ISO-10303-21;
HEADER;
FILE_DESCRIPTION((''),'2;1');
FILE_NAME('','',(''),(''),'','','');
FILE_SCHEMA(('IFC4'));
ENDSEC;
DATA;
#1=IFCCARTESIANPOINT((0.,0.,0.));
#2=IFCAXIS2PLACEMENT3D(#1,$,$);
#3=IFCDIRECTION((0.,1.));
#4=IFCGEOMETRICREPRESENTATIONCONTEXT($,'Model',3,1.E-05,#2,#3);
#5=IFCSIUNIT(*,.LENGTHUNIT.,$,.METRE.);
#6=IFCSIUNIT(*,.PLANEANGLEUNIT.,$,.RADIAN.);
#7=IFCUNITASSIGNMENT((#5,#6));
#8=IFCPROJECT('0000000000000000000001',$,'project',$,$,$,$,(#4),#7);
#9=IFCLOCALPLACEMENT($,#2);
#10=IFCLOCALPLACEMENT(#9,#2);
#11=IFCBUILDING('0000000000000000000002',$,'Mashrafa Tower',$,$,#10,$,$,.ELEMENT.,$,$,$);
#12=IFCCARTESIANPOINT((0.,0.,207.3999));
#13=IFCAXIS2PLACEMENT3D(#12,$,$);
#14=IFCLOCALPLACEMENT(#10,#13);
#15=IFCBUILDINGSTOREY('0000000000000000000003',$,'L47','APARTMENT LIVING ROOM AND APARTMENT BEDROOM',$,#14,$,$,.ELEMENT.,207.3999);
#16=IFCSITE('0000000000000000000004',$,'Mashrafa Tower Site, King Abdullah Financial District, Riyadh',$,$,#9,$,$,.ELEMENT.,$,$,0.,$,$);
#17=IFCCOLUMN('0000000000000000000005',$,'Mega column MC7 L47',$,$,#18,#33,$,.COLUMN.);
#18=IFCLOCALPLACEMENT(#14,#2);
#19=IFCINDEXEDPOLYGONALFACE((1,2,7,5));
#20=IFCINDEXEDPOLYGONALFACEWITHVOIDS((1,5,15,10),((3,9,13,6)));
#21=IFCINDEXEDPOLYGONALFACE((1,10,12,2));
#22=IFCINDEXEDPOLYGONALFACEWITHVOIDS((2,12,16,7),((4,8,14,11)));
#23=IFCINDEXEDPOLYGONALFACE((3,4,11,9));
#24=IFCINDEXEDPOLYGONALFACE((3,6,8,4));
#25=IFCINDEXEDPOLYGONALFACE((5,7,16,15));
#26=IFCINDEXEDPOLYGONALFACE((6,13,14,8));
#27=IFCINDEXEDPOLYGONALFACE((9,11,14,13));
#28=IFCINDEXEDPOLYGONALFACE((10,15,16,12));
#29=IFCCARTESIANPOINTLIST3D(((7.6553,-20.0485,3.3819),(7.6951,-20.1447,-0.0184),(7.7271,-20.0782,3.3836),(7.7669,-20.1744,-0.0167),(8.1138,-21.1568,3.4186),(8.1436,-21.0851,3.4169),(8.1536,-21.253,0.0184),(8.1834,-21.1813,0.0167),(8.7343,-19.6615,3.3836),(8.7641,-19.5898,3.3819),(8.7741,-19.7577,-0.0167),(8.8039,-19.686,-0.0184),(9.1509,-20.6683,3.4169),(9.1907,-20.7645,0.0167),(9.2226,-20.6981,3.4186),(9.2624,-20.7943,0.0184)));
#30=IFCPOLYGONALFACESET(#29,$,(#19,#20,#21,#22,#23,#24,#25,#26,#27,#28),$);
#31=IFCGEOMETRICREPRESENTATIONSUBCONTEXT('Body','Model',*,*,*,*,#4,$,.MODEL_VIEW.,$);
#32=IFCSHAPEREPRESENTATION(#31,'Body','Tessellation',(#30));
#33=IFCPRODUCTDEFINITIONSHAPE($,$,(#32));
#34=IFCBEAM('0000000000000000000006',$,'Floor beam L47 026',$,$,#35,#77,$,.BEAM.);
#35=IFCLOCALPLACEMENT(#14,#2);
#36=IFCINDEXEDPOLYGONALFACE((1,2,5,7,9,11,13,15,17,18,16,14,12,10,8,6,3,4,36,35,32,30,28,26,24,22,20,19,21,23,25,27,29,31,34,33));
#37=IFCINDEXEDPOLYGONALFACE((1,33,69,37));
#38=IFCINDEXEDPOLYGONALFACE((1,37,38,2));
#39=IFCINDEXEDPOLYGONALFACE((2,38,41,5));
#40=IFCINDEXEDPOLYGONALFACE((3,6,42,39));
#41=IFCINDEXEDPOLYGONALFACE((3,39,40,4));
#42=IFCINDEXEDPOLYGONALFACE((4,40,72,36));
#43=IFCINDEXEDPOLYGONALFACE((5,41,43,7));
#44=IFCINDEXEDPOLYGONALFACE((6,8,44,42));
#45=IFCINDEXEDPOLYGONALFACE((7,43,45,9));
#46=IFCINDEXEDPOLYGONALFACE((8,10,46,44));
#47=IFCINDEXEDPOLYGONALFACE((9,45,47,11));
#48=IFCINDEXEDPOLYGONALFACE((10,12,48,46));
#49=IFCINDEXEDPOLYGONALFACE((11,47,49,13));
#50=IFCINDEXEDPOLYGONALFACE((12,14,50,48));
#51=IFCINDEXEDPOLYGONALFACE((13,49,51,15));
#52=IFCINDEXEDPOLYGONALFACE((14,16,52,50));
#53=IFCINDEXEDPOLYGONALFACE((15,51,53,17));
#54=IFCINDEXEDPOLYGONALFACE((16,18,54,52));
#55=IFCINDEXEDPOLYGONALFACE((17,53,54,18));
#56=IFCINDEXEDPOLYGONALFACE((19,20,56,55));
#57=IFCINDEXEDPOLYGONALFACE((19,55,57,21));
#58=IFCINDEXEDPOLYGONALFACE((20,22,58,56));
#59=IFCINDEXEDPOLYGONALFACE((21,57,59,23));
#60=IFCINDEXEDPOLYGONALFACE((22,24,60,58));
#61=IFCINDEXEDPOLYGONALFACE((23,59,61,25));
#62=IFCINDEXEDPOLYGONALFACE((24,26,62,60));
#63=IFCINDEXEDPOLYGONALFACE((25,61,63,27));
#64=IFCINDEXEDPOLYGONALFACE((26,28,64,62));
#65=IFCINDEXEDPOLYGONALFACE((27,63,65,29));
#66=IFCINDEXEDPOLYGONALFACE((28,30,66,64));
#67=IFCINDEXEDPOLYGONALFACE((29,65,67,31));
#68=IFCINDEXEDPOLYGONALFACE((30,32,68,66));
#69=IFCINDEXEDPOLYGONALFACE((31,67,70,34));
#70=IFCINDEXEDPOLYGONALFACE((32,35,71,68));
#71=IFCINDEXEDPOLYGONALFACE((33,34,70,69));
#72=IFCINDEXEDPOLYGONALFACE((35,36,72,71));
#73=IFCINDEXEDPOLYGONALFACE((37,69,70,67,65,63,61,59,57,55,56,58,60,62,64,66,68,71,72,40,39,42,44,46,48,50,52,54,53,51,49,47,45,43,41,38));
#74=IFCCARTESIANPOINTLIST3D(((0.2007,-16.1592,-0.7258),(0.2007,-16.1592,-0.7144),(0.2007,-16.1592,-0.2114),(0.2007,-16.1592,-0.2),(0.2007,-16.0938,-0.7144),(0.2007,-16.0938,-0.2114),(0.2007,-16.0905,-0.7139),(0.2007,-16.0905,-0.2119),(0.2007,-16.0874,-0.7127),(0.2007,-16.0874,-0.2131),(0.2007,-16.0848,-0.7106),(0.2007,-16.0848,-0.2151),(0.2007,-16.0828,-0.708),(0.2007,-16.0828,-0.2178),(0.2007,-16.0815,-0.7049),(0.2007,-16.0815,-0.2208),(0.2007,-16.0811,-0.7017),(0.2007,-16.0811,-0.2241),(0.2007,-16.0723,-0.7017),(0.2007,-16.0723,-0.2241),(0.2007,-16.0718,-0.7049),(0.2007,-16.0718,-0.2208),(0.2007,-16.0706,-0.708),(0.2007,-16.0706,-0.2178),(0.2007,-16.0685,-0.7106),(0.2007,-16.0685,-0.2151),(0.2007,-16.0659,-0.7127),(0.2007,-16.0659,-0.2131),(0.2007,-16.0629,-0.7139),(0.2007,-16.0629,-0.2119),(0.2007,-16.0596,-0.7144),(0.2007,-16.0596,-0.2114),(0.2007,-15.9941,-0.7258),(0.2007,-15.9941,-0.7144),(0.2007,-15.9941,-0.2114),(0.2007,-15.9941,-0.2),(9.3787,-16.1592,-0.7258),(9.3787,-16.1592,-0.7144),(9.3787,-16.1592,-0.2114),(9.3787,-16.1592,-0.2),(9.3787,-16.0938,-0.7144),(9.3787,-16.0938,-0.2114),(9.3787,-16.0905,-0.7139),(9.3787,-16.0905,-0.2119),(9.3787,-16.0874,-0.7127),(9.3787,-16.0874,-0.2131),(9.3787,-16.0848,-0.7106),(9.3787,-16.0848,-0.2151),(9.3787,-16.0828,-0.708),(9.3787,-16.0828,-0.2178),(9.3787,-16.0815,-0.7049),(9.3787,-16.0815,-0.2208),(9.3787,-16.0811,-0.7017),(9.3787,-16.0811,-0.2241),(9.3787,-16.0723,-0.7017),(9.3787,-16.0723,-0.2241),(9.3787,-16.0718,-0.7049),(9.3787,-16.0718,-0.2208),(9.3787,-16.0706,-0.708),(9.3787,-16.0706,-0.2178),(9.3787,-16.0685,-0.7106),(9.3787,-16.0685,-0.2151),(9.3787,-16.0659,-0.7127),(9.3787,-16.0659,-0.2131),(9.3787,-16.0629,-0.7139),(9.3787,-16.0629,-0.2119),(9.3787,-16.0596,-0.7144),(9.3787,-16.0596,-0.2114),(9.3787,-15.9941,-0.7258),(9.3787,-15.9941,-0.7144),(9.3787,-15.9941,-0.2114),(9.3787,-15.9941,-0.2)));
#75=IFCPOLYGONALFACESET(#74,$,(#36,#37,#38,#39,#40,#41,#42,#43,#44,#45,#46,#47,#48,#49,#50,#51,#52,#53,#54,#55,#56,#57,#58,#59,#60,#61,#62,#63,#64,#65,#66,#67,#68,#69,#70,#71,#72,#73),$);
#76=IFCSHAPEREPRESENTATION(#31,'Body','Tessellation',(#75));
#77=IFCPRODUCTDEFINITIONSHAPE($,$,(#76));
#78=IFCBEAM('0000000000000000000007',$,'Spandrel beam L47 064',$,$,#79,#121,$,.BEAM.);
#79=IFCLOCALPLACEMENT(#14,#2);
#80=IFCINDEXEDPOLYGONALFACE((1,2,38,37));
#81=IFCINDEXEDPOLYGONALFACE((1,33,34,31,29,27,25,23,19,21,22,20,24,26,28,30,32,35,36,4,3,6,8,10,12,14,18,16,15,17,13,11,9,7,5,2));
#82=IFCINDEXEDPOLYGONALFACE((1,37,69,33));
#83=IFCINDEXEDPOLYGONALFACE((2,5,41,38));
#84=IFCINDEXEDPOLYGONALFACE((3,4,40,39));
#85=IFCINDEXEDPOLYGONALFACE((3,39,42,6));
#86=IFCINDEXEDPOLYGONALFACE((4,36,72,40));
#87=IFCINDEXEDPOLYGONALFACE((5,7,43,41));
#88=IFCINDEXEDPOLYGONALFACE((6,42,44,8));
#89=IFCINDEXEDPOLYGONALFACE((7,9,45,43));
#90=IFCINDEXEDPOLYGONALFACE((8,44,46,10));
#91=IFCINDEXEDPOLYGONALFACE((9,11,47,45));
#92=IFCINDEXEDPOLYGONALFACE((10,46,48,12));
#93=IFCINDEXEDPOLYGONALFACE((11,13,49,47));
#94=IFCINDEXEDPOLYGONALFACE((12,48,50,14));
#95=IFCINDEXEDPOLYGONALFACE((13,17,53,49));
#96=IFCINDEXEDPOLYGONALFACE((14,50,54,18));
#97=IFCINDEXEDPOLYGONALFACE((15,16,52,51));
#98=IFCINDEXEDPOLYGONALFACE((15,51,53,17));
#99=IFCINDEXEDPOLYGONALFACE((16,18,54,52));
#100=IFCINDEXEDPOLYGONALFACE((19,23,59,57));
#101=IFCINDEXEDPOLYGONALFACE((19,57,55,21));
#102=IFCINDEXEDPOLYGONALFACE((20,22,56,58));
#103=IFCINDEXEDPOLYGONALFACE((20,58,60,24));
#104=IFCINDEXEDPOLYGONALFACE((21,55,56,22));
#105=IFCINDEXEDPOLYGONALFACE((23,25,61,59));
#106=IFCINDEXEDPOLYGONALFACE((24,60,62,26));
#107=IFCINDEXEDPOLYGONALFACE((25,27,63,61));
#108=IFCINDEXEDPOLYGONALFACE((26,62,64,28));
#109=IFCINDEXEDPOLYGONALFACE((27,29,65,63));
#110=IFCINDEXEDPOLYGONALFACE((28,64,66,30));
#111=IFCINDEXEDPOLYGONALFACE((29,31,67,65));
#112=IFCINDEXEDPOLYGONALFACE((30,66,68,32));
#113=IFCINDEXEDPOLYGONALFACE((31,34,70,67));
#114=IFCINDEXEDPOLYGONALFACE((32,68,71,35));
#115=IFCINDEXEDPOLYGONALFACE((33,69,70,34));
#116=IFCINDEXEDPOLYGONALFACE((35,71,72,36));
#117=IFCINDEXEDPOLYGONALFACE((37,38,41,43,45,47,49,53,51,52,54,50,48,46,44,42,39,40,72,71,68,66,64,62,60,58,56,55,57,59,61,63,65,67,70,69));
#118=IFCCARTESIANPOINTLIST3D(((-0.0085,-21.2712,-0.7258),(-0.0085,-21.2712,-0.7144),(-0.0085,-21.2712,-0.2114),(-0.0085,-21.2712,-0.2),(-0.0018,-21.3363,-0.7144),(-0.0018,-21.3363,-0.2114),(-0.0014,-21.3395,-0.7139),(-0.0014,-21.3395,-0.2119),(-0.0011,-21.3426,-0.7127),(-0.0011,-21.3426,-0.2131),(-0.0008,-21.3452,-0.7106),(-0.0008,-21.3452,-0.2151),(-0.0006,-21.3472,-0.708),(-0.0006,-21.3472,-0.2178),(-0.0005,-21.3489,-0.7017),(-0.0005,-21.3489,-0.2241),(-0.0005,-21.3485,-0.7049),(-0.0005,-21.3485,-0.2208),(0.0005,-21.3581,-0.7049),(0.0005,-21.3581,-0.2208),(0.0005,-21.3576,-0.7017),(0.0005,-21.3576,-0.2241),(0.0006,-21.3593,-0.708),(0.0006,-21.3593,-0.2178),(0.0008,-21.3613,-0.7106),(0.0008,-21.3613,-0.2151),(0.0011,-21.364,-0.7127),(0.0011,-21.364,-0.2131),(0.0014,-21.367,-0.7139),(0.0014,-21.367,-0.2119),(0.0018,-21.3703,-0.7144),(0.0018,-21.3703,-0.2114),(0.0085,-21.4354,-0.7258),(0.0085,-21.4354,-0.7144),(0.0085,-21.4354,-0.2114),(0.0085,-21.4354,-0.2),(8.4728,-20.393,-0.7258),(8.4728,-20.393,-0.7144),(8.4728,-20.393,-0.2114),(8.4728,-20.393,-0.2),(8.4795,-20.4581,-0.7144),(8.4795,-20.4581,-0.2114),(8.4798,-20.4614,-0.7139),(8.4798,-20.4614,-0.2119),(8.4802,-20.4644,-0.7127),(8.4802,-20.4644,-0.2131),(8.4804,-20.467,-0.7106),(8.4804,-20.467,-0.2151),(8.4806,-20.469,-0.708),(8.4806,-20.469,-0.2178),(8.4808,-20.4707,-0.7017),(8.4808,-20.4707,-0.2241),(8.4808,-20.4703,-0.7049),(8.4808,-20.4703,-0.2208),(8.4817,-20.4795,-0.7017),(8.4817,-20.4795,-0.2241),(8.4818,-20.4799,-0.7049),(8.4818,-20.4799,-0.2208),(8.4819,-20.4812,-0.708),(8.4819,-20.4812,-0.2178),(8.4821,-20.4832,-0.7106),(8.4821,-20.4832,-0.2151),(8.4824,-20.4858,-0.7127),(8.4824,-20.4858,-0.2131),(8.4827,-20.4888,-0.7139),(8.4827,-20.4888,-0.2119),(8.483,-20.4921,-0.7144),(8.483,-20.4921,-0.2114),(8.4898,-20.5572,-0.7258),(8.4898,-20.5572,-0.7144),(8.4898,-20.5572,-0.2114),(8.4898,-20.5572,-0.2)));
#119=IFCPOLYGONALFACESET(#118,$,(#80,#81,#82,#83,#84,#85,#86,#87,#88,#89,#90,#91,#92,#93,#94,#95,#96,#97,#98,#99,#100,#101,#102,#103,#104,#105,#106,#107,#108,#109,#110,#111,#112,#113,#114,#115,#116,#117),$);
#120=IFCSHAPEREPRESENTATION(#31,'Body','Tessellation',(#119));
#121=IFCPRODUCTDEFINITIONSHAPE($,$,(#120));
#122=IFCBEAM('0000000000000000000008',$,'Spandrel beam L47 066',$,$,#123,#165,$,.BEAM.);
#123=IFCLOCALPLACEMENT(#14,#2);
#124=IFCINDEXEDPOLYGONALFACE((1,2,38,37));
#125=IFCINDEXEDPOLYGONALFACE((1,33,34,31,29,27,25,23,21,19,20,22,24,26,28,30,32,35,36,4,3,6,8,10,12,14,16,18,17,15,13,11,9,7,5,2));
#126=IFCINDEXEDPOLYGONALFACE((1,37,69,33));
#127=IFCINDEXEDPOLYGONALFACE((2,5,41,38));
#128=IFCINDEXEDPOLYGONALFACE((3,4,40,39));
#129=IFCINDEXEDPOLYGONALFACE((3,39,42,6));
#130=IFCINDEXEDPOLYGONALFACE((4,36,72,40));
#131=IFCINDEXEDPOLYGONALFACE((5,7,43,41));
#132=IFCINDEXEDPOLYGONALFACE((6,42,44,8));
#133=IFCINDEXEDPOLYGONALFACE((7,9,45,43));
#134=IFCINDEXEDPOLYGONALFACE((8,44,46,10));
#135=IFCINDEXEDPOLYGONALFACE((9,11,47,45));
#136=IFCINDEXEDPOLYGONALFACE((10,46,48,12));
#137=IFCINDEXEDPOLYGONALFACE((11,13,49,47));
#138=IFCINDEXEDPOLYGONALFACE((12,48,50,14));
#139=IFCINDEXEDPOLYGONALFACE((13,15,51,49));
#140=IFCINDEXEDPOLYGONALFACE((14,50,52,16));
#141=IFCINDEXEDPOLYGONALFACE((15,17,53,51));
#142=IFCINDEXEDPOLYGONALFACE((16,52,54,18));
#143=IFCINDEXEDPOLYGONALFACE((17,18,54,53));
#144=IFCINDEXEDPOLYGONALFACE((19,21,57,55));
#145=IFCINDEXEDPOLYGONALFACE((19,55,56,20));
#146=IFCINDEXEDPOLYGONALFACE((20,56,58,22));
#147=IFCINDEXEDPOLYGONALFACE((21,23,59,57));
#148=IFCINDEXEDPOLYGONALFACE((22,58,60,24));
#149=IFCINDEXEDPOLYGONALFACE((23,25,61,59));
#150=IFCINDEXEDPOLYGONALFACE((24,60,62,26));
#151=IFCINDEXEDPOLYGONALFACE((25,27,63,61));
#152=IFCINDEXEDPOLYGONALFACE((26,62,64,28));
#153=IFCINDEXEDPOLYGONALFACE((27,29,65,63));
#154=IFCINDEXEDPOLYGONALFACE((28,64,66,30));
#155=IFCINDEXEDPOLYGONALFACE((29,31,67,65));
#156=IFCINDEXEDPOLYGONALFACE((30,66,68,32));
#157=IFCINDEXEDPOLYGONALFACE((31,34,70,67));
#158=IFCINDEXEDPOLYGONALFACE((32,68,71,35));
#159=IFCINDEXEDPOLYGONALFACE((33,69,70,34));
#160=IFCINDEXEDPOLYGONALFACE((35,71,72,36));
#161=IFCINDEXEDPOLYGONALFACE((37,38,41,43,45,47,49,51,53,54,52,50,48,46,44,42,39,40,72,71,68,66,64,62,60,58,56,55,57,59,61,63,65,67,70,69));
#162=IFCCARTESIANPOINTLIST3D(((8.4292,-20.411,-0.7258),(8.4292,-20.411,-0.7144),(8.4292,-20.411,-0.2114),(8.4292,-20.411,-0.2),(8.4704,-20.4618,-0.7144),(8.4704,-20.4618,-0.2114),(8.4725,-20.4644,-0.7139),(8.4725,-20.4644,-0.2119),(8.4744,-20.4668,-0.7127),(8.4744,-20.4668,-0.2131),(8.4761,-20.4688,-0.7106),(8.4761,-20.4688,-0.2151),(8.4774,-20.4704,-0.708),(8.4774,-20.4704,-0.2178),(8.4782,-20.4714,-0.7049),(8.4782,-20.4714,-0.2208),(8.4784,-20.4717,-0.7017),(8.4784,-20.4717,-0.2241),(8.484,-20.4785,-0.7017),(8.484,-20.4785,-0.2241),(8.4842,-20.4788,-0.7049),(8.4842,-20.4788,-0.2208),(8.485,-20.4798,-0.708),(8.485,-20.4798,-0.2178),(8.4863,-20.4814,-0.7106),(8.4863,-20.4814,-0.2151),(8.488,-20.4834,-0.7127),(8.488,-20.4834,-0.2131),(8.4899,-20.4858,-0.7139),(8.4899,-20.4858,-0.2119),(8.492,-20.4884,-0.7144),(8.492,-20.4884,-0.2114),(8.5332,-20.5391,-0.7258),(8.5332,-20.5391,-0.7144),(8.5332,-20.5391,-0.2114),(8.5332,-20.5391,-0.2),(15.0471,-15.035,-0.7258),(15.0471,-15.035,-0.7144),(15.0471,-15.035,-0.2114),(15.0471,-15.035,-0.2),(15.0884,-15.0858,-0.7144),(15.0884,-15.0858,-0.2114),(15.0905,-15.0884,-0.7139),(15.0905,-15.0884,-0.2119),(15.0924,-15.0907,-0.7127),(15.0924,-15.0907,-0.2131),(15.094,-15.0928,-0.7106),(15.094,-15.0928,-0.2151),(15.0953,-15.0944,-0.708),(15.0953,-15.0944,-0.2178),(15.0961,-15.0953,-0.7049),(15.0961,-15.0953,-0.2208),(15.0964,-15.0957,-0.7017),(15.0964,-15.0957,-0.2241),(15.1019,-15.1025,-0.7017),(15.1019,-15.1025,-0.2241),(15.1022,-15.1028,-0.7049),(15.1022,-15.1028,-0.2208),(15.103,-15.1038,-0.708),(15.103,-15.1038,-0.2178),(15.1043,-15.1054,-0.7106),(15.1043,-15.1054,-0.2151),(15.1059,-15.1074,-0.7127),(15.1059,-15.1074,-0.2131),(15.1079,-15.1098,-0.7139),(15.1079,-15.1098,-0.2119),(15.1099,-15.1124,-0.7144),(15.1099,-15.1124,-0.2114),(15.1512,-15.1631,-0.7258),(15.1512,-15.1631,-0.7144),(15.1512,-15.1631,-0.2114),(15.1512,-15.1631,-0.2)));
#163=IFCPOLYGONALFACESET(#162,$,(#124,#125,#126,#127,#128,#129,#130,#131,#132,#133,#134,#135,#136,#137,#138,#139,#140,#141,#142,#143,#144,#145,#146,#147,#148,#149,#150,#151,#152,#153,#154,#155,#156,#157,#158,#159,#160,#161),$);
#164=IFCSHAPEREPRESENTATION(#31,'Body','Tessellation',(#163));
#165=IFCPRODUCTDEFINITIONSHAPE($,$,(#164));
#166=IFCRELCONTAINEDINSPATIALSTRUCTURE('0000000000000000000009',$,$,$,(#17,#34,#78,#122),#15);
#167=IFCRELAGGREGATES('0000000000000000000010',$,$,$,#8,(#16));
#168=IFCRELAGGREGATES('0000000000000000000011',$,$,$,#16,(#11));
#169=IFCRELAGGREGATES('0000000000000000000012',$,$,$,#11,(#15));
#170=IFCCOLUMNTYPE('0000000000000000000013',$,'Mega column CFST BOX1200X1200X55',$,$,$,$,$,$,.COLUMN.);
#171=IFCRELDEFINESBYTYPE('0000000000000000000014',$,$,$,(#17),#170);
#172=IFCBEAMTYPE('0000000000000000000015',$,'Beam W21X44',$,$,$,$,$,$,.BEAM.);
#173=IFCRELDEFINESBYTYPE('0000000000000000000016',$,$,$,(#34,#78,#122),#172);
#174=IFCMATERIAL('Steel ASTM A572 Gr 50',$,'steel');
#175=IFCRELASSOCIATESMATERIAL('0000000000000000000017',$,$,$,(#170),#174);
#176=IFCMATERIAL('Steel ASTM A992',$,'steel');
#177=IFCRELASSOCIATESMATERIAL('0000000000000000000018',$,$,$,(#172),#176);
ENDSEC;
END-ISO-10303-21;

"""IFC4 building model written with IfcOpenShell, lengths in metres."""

from ifc_helpers import new_model, si_unit, direction, frame, origin, origin_2d, place, context, subcontext, project, spatial, hollow_rectangle, i_section, extrude, material, material_profile, profile_set, type_object, element, save


model = new_model("IFC4")

# Units and contexts
model_context = context("Model", 3, precision=1e-05, world=origin(), true_north=direction((0.0, 1.0)))
body_context = subcontext(model_context, "Body", "Model", "MODEL_VIEW")
ifc_project = project(units=[si_unit("LENGTHUNIT", "METRE"), si_unit("PLANEANGLEUNIT", "RADIAN")], contexts=[model_context])

# Site, building, storey
site_placement = place(None, origin())
site = spatial("IfcSite", under=ifc_project, at=site_placement, Name="Mashrafa Tower Site, King Abdullah Financial District, Riyadh", CompositionType="ELEMENT", RefElevation=0.0)
building_placement = place(site_placement, origin())
building = spatial("IfcBuilding", under=site, at=building_placement, Name="Mashrafa Tower", CompositionType="ELEMENT")
storey_placement = place(building_placement, frame((0.0, 0.0, 207.3999)))
storey = spatial("IfcBuildingStorey", under=building, at=storey_placement, Name="L47", Description="APARTMENT LIVING ROOM AND APARTMENT BEDROOM", CompositionType="ELEMENT", Elevation=207.3999)

# Column
ifc_material_1 = material(Name="Steel ASTM A572 Gr 50", Category="steel")
ifc_material_profile_1 = material_profile(ifc_material_1, hollow_rectangle(XDim=1.2, YDim=1.2, WallThickness=0.0549, at=origin_2d()), Name="BOX1200X1200X55")
ifc_profile_set_1 = profile_set([ifc_material_profile_1], Name="Steel ASTM A572 Gr 50")
column_type = type_object("IfcColumnType", Name="Mega column CFST BOX1200X1200X55", PredefinedType="COLUMN", material=ifc_profile_set_1)
column_placement = place(storey_placement, frame((8.4788, -20.4695, 0.0), z_axis=(-0.011698, 0.028277, 0.999532), x_axis=(-0.924045, -0.382283, 0.0)))
element("IfcColumn", 1, at=column_placement, inside=storey, type_object=column_type, Name="Mega column MC7 L47", PredefinedType="COLUMN", context=body_context, shape_type="SweptSolid", body=[
    extrude(hollow_rectangle(XDim=1.2, YDim=1.2, WallThickness=0.0549, at=origin_2d()), origin(), (0.0, 0.0, 1.0), 3.4019),
])

# Beams
ifc_material_2 = material(Name="Steel ASTM A992", Category="steel")
ifc_material_profile_2 = material_profile(ifc_material_2, i_section(OverallWidth=0.165, OverallDepth=0.5259, WebThickness=0.0088, FlangeThickness=0.0115, FilletRadius=0.0127, at=origin_2d()), Name="W21X44")
ifc_profile_set_2 = profile_set([ifc_material_profile_2], Name="Steel ASTM A992")
beam_type_1 = type_object("IfcBeamType", Name="Beam W21X44", PredefinedType="BEAM", material=ifc_profile_set_2)
beam_1_placement = place(storey_placement, frame((9.3787, -16.0767, -0.4629), z_axis=(-1.0, 0.0, 0.0), x_axis=(0.0, -1.0, 0.0)))
element("IfcBeam", 2, at=beam_1_placement, inside=storey, type_object=beam_type_1, Name="Floor beam L47 026", PredefinedType="BEAM", context=body_context, shape_type="SweptSolid", body=[
    extrude(i_section(OverallWidth=0.165, OverallDepth=0.5259, WebThickness=0.0088, FlangeThickness=0.0115, FilletRadius=0.0127, at=origin_2d()), origin(), (0.0, 0.0, 1.0), 9.178),
])
beam_2_placement = place(storey_placement, frame((0.0, -21.3533, -0.4629), z_axis=(0.994682, 0.102993, 0.0), x_axis=(-0.102993, 0.994682, 0.0)))
element("IfcBeam", 3, at=beam_2_placement, inside=storey, type_object=beam_type_1, Name="Spandrel beam L47 064", PredefinedType="BEAM", context=body_context, shape_type="SweptSolid", body=[
    extrude(i_section(OverallWidth=0.165, OverallDepth=0.5259, WebThickness=0.0088, FlangeThickness=0.0115, FilletRadius=0.0127, at=origin_2d()), origin(), (0.0, 0.0, 1.0), 8.5266),
])
beam_3_placement = place(storey_placement, frame((8.4812, -20.4751, -0.4629), z_axis=(0.776176, 0.630516, 0.0), x_axis=(-0.630516, 0.776176, 0.0)))
element("IfcBeam", 4, at=beam_3_placement, inside=storey, type_object=beam_type_1, Name="Spandrel beam L47 066", PredefinedType="BEAM", context=body_context, shape_type="SweptSolid", body=[
    extrude(i_section(OverallWidth=0.165, OverallDepth=0.5259, WebThickness=0.0088, FlangeThickness=0.0115, FilletRadius=0.0127, at=origin_2d()), origin(), (0.0, 0.0, 1.0), 8.5264),
])

save(model, "model.ifc")
